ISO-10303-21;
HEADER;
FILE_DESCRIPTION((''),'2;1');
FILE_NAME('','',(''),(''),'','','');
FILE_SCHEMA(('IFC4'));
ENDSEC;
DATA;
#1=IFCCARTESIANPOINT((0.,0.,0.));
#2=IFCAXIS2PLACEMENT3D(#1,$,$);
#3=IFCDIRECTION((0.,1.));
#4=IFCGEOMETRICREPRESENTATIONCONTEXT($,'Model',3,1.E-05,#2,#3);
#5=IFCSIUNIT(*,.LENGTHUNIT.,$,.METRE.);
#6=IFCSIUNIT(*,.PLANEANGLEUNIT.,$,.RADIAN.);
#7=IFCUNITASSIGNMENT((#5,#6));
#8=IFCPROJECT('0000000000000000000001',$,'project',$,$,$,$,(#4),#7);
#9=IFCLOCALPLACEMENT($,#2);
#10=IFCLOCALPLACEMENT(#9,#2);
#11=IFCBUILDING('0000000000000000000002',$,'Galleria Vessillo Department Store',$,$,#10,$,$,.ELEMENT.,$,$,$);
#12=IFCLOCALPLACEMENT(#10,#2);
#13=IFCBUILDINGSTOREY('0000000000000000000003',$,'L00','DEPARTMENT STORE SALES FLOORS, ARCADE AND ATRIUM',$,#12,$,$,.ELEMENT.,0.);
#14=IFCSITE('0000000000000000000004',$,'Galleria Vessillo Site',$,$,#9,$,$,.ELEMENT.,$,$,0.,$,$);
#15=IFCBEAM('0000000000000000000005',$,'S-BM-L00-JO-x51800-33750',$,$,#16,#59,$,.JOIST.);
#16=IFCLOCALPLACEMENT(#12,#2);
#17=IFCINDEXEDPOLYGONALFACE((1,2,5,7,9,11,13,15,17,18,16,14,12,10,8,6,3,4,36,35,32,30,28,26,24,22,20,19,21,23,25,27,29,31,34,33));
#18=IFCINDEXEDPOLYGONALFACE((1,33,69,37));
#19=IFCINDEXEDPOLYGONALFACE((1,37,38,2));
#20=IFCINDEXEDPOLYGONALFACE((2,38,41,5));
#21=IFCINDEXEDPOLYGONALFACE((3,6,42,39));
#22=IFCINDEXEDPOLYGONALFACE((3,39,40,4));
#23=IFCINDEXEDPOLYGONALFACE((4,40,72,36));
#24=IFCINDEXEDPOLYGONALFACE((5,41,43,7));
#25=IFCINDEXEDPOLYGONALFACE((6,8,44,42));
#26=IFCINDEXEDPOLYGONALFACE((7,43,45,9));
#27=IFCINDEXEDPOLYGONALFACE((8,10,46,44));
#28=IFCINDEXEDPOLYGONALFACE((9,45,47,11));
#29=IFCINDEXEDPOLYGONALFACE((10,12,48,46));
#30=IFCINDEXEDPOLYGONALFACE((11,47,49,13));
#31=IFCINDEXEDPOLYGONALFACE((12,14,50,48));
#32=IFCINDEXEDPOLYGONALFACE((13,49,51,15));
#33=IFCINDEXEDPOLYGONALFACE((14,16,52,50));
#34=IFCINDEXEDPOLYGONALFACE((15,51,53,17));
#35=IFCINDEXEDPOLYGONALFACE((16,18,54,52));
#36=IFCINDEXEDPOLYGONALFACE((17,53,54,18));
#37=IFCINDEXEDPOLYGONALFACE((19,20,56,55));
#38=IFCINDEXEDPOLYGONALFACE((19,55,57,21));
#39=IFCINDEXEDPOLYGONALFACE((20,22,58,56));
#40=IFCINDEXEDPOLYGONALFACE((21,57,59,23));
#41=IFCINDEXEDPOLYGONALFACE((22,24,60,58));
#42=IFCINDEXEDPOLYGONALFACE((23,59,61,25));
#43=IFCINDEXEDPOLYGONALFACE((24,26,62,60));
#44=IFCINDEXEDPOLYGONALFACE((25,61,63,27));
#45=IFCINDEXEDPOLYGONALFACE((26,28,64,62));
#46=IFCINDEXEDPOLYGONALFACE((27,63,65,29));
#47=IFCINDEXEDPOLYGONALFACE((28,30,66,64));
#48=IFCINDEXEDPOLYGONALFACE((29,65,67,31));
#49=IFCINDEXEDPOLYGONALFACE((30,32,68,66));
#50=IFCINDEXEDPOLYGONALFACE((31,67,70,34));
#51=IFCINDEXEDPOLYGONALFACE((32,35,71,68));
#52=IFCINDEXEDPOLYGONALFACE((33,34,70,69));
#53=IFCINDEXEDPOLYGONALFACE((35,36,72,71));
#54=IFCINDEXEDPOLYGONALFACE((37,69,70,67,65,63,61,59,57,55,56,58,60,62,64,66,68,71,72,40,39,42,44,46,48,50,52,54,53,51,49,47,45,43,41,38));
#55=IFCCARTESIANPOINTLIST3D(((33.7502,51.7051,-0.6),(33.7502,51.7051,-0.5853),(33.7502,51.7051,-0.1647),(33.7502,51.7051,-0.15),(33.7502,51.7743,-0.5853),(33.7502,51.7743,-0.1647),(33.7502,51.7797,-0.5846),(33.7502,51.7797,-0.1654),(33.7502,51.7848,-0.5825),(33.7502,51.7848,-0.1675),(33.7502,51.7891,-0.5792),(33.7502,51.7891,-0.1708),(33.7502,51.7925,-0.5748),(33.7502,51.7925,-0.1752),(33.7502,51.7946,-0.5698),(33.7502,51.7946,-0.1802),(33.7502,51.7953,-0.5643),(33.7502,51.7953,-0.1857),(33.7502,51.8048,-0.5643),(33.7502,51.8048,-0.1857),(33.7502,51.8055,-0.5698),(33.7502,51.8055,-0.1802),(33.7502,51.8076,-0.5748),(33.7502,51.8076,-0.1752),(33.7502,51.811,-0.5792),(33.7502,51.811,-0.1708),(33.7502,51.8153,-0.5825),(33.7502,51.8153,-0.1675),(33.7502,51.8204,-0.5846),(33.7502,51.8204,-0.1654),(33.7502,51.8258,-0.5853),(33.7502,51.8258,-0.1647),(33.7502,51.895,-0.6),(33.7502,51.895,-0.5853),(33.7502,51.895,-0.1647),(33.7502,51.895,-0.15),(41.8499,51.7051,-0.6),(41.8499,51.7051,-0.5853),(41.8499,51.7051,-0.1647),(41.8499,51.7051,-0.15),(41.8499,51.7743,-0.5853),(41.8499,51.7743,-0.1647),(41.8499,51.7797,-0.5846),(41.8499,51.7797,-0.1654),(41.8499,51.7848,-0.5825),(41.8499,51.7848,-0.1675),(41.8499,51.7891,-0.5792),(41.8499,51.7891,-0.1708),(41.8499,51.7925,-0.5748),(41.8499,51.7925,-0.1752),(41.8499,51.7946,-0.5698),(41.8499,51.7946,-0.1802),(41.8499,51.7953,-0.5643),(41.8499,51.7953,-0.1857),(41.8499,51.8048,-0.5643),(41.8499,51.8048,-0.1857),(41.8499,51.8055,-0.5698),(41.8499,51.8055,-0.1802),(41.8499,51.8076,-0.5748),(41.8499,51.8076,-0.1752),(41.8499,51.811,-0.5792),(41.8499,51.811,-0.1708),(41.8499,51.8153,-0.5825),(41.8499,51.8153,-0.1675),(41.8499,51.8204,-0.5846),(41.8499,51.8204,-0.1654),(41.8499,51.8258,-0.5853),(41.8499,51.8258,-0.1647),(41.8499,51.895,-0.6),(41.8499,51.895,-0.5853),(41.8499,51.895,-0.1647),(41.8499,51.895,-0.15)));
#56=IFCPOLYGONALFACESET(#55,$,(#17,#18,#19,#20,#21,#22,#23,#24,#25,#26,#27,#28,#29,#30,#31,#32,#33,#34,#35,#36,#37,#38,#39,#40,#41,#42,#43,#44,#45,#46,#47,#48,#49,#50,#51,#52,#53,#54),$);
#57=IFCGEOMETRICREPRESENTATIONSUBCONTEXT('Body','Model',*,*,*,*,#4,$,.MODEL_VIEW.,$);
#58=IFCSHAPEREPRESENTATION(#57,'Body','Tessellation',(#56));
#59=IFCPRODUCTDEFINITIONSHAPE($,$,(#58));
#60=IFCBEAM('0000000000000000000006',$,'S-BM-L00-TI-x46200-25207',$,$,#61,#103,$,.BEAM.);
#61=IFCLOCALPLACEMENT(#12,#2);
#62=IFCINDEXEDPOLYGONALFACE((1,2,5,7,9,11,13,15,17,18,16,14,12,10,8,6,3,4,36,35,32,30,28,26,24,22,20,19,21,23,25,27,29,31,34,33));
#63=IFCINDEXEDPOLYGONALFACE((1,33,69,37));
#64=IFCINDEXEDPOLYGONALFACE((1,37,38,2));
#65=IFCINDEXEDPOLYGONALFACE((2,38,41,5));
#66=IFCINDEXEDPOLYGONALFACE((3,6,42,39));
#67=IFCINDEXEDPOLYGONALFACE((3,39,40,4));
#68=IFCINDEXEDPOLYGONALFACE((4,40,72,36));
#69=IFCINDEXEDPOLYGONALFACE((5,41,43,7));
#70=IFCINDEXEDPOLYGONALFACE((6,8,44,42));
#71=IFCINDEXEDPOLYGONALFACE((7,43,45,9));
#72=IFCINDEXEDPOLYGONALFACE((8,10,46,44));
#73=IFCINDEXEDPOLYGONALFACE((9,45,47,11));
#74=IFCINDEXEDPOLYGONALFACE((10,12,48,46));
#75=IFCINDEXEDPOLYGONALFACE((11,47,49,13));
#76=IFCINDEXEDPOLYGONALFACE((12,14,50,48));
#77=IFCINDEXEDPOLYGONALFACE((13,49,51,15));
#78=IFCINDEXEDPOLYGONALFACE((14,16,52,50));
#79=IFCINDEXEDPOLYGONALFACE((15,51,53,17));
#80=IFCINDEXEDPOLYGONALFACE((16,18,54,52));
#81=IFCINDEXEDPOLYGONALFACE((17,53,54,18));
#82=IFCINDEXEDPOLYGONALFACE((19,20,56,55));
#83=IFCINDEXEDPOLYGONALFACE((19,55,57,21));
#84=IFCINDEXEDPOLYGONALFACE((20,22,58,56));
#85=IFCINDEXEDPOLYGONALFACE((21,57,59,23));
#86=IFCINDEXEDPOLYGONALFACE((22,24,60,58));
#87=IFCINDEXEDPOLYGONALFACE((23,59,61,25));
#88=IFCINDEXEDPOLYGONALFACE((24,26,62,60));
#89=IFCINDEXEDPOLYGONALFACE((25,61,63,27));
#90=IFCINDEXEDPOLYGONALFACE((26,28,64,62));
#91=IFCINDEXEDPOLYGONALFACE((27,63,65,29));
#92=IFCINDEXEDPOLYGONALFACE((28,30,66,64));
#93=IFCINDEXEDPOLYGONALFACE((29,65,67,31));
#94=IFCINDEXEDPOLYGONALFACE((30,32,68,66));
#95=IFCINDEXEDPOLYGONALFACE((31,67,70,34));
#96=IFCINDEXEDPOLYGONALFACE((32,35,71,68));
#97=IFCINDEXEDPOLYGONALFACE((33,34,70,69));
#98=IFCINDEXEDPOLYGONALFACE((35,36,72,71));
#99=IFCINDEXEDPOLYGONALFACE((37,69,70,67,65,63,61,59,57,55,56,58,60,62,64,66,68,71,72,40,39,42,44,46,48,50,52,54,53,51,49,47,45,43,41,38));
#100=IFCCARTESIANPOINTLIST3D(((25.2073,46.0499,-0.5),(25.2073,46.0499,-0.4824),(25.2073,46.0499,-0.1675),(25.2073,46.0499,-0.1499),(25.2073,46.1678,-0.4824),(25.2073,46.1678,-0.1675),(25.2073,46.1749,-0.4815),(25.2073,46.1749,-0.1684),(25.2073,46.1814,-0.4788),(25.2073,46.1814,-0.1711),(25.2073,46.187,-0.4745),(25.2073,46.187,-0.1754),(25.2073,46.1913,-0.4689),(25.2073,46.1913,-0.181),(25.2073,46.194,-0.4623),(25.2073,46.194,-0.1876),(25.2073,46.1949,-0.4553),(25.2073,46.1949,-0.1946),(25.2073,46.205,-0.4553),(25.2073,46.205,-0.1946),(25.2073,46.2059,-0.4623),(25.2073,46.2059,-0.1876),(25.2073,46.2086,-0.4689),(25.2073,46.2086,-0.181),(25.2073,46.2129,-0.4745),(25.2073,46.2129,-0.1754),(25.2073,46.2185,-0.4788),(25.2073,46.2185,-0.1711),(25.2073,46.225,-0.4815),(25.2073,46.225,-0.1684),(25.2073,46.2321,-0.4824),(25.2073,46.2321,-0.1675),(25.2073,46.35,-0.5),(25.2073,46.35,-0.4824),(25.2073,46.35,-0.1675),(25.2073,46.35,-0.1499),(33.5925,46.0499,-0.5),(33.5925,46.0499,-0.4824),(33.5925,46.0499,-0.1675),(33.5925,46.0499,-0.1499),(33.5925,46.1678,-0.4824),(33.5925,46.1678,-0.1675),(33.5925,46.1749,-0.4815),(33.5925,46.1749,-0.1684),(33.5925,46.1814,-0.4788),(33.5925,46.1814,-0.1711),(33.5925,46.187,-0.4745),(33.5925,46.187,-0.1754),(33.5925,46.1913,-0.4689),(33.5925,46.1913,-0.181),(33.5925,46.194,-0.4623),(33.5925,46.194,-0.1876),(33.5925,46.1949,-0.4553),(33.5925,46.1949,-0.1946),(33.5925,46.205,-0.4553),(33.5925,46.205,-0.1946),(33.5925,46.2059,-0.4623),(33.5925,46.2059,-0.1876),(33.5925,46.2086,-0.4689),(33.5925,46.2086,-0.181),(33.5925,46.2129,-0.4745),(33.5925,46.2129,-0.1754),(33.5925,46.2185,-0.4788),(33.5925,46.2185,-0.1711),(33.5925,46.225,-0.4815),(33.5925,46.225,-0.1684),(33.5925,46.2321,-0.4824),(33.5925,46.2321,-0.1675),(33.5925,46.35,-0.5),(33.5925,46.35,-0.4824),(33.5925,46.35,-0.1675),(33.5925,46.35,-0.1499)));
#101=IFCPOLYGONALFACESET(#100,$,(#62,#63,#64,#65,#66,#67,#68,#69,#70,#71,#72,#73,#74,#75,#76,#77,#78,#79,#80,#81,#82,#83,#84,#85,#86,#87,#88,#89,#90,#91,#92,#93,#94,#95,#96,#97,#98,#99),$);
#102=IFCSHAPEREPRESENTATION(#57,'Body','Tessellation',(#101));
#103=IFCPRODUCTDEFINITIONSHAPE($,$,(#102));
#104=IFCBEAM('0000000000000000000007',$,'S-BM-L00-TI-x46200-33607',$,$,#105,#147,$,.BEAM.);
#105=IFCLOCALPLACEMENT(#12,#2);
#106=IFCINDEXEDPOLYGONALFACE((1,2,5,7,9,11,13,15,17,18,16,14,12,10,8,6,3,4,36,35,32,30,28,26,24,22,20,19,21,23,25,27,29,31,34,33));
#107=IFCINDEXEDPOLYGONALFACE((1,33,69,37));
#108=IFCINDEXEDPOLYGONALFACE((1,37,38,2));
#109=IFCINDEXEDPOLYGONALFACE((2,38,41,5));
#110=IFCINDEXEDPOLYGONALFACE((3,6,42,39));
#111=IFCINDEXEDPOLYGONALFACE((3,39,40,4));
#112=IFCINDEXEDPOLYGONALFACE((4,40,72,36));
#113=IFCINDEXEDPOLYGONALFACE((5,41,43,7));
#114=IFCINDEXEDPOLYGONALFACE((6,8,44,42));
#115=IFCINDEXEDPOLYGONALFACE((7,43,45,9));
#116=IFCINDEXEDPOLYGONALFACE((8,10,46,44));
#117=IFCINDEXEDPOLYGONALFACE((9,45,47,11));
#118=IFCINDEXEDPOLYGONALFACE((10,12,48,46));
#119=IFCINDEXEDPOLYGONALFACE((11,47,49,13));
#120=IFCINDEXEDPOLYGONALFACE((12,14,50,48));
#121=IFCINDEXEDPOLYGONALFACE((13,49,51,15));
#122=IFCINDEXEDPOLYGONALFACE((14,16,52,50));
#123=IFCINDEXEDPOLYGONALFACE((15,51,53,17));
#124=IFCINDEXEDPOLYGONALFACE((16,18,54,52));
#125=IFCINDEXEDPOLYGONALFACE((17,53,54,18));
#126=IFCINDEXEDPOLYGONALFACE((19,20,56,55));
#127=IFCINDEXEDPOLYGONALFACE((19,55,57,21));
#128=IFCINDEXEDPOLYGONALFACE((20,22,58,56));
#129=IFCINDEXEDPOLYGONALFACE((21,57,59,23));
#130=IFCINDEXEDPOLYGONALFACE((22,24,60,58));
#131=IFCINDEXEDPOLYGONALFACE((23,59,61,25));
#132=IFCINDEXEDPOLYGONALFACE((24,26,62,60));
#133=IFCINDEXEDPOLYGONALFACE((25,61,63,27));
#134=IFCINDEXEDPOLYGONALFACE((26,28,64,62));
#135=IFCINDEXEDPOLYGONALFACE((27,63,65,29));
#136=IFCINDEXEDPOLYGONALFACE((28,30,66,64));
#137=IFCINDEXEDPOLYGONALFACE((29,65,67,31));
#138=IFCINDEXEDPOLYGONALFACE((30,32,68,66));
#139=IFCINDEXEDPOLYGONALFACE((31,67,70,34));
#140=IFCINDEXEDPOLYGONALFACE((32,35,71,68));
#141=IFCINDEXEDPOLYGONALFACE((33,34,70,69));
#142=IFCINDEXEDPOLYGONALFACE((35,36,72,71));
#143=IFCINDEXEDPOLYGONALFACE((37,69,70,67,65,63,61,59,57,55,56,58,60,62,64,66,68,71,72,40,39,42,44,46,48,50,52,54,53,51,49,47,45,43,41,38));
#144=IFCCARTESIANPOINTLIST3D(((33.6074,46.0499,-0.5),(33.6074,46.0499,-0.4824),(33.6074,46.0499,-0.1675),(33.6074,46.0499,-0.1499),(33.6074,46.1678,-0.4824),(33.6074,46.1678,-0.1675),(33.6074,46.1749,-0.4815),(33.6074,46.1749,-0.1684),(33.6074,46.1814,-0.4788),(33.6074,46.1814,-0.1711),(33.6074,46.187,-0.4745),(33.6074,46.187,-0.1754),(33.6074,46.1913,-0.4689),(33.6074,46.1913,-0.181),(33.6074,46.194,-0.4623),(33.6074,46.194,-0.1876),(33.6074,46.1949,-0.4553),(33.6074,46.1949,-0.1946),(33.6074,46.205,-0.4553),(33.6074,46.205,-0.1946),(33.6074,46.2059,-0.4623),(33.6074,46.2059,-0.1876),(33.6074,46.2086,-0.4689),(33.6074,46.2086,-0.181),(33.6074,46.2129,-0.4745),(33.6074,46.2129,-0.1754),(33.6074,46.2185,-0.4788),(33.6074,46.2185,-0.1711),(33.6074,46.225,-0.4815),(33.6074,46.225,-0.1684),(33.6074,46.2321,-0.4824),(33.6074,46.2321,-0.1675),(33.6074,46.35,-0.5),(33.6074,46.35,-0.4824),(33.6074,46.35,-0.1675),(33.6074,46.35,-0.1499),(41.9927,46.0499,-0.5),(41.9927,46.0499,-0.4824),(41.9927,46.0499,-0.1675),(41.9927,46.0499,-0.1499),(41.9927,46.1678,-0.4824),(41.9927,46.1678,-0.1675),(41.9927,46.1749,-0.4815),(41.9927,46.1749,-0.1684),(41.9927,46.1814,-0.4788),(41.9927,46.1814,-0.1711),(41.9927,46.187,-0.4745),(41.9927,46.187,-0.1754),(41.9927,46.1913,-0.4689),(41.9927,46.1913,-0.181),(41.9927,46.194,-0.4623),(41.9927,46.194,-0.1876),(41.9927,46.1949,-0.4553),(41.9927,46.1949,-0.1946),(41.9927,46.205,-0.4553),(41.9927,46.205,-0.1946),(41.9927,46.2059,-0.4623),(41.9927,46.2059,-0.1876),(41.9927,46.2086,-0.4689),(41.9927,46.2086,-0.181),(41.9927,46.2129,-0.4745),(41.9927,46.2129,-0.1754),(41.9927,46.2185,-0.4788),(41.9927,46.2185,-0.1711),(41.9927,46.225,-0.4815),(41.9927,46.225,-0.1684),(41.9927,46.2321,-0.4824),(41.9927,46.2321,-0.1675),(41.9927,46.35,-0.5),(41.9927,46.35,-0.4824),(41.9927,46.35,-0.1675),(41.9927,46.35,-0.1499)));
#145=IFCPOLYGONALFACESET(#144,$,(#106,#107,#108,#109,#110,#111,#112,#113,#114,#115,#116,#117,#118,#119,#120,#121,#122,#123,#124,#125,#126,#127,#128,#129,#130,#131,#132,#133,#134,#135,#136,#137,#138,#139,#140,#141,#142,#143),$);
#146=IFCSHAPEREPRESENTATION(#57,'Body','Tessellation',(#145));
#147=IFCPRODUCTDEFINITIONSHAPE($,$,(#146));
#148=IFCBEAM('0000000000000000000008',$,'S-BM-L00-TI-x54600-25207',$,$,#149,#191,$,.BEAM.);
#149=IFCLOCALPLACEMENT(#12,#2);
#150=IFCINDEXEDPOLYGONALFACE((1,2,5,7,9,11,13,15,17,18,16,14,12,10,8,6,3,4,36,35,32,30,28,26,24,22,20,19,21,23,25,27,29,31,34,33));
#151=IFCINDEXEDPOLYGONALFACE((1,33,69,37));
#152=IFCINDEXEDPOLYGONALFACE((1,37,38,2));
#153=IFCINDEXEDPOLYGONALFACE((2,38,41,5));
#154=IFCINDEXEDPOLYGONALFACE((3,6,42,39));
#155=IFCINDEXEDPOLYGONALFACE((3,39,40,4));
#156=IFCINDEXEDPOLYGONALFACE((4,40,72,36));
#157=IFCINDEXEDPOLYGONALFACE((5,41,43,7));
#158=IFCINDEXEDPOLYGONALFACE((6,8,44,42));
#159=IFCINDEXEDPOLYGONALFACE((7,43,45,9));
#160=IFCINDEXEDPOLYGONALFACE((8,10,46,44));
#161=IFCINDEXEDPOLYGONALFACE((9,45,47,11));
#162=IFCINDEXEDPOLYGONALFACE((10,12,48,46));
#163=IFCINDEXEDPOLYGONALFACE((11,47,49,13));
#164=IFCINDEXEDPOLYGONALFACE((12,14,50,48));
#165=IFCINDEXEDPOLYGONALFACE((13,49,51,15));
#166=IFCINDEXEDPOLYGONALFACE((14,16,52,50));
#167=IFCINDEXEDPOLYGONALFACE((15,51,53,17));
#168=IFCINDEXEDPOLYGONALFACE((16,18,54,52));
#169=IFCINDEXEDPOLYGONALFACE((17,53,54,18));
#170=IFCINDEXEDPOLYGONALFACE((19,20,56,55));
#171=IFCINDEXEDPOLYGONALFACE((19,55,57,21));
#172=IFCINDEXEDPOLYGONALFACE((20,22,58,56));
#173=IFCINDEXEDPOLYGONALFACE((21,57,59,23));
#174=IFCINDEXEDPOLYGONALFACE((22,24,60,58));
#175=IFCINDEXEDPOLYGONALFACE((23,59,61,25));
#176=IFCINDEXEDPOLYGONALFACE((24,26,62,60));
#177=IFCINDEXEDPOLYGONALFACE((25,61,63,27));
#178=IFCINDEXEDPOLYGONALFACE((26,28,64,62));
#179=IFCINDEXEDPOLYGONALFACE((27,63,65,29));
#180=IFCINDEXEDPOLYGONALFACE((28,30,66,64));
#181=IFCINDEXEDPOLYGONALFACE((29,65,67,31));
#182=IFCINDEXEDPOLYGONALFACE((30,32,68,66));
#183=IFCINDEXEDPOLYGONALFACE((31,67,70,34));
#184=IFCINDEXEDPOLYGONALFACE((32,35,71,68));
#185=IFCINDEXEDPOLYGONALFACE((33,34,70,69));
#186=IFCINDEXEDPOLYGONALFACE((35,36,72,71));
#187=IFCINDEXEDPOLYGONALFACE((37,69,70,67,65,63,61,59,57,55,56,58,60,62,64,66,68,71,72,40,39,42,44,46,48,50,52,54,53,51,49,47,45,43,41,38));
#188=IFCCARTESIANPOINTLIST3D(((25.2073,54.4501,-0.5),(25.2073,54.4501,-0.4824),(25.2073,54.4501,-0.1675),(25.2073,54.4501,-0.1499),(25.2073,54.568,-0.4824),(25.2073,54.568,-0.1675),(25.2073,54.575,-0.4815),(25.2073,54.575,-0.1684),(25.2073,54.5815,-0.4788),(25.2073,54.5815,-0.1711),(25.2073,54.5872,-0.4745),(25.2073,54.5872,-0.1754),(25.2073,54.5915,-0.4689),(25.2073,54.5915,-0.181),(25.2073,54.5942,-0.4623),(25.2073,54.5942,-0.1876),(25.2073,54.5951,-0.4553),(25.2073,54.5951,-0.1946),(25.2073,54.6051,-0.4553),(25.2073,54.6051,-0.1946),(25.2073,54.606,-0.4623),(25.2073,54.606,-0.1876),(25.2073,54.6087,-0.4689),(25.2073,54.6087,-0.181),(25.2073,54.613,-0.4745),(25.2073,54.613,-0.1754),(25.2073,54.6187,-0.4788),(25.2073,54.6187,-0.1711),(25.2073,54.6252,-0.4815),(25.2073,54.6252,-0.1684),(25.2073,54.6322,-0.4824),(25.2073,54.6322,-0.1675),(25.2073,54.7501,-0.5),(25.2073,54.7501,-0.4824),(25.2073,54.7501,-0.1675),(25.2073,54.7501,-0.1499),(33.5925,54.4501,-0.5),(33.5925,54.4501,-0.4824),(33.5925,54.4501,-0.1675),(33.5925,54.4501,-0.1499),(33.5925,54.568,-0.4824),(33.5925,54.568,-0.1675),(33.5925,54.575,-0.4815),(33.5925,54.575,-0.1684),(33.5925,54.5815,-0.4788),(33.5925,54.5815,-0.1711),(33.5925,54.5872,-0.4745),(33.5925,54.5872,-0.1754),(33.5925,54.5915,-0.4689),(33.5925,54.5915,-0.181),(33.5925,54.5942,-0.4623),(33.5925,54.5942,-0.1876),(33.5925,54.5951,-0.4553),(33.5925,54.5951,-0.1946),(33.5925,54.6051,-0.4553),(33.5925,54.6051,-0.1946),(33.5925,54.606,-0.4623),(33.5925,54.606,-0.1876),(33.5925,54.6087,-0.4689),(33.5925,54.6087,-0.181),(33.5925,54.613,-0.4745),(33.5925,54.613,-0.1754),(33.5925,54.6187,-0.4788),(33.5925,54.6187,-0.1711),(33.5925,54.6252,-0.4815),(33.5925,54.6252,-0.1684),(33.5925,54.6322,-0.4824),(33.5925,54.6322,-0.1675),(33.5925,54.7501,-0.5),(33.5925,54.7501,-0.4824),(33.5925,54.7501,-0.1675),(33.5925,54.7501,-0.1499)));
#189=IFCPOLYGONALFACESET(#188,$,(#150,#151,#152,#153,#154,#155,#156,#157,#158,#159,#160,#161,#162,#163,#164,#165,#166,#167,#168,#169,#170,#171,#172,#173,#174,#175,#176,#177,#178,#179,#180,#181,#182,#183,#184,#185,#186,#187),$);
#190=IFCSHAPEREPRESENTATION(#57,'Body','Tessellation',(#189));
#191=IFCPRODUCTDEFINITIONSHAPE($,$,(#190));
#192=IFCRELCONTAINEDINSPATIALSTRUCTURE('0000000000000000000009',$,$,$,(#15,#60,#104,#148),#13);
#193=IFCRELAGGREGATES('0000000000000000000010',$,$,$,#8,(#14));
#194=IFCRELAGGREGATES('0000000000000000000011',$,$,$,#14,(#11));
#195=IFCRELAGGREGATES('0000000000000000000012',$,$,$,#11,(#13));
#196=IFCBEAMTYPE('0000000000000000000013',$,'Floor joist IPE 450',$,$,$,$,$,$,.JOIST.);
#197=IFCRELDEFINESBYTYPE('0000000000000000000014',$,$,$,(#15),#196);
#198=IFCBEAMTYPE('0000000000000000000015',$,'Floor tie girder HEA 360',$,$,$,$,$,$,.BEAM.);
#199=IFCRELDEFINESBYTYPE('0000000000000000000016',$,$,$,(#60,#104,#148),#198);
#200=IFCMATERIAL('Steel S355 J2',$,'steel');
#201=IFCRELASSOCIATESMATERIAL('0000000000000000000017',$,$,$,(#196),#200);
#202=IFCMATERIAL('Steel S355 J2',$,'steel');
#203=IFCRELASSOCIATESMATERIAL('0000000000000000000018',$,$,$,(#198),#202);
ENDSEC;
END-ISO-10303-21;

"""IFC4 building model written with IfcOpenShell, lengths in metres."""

from ifc_helpers import new_model, si_unit, direction, frame, origin, origin_2d, place, context, subcontext, project, spatial, i_section, extrude, material, material_profile, profile_set, type_object, element, save


model = new_model("IFC4")

# Units and contexts
model_context = context("Model", 3, precision=1e-05, world=origin(), true_north=direction((0.0, 1.0)))
body_context = subcontext(model_context, "Body", "Model", "MODEL_VIEW")
ifc_project = project(units=[si_unit("LENGTHUNIT", "METRE"), si_unit("PLANEANGLEUNIT", "RADIAN")], contexts=[model_context])

# Site, building, storey
site_placement = place(None, origin())
site = spatial("IfcSite", under=ifc_project, at=site_placement, Name="Galleria Vessillo Site", CompositionType="ELEMENT", RefElevation=0.0)
building_placement = place(site_placement, origin())
building = spatial("IfcBuilding", under=site, at=building_placement, Name="Galleria Vessillo Department Store", CompositionType="ELEMENT")
storey_placement = place(building_placement, origin())
storey = spatial("IfcBuildingStorey", under=building, at=storey_placement, Name="L00", Description="DEPARTMENT STORE SALES FLOORS, ARCADE AND ATRIUM", CompositionType="ELEMENT", Elevation=0.0)

# Beams
ifc_material_1 = material(Name="Steel S355 J2", Category="steel")
ifc_material_profile_1 = material_profile(ifc_material_1, i_section(OverallWidth=0.1899, OverallDepth=0.45, WebThickness=0.0095, FlangeThickness=0.0146, FilletRadius=0.021, at=origin_2d()), Name="IPE 450")
ifc_profile_set_1 = profile_set([ifc_material_profile_1], Name="Steel S355 J2")
beam_type_1 = type_object("IfcBeamType", Name="Floor joist IPE 450", PredefinedType="JOIST", material=ifc_profile_set_1)
for number, where, z_axis, x_axis, name in (
    (1, (33.7502, 51.8, -0.375), (1.0, 0.0, 0.0), (0.0, 1.0, 0.0), "S-BM-L00-JO-x51800-33750"),
):
    element("IfcBeam", number, at=place(storey_placement, frame(where, z_axis=z_axis, x_axis=x_axis)), inside=storey, type_object=beam_type_1, Name=name, PredefinedType="JOIST", context=body_context, shape_type="SweptSolid", body=[
        extrude(i_section(OverallWidth=0.1899, OverallDepth=0.45, WebThickness=0.0095, FlangeThickness=0.0146, FilletRadius=0.021, at=origin_2d()), origin(), (0.0, 0.0, 1.0), 8.0996),
    ])
ifc_material_2 = material(Name="Steel S355 J2", Category="steel")
ifc_material_profile_2 = material_profile(ifc_material_2, i_section(OverallWidth=0.3, OverallDepth=0.3501, WebThickness=0.01, FlangeThickness=0.0176, FilletRadius=0.0271, at=origin_2d()), Name="HEA 360")
ifc_profile_set_2 = profile_set([ifc_material_profile_2], Name="Steel S355 J2")
beam_type_2 = type_object("IfcBeamType", Name="Floor tie girder HEA 360", PredefinedType="BEAM", material=ifc_profile_set_2)
for number, where, z_axis, x_axis, name in (
    (2, (25.2073, 46.2, -0.325), (1.0, 0.0, 0.0), (0.0, 1.0, 0.0), "S-BM-L00-TI-x46200-25207"),
    (3, (33.6074, 46.2, -0.325), (1.0, 0.0, 0.0), (0.0, 1.0, 0.0), "S-BM-L00-TI-x46200-33607"),
    (4, (25.2073, 54.6001, -0.325), (1.0, 0.0, 0.0), (0.0, 1.0, 0.0), "S-BM-L00-TI-x54600-25207"),
):
    element("IfcBeam", number, at=place(storey_placement, frame(where, z_axis=z_axis, x_axis=x_axis)), inside=storey, type_object=beam_type_2, Name=name, PredefinedType="BEAM", context=body_context, shape_type="SweptSolid", body=[
        extrude(i_section(OverallWidth=0.3, OverallDepth=0.3501, WebThickness=0.01, FlangeThickness=0.0176, FilletRadius=0.0271, at=origin_2d()), origin(), (0.0, 0.0, 1.0), 8.3853),
    ])

save(model, "model.ifc")
